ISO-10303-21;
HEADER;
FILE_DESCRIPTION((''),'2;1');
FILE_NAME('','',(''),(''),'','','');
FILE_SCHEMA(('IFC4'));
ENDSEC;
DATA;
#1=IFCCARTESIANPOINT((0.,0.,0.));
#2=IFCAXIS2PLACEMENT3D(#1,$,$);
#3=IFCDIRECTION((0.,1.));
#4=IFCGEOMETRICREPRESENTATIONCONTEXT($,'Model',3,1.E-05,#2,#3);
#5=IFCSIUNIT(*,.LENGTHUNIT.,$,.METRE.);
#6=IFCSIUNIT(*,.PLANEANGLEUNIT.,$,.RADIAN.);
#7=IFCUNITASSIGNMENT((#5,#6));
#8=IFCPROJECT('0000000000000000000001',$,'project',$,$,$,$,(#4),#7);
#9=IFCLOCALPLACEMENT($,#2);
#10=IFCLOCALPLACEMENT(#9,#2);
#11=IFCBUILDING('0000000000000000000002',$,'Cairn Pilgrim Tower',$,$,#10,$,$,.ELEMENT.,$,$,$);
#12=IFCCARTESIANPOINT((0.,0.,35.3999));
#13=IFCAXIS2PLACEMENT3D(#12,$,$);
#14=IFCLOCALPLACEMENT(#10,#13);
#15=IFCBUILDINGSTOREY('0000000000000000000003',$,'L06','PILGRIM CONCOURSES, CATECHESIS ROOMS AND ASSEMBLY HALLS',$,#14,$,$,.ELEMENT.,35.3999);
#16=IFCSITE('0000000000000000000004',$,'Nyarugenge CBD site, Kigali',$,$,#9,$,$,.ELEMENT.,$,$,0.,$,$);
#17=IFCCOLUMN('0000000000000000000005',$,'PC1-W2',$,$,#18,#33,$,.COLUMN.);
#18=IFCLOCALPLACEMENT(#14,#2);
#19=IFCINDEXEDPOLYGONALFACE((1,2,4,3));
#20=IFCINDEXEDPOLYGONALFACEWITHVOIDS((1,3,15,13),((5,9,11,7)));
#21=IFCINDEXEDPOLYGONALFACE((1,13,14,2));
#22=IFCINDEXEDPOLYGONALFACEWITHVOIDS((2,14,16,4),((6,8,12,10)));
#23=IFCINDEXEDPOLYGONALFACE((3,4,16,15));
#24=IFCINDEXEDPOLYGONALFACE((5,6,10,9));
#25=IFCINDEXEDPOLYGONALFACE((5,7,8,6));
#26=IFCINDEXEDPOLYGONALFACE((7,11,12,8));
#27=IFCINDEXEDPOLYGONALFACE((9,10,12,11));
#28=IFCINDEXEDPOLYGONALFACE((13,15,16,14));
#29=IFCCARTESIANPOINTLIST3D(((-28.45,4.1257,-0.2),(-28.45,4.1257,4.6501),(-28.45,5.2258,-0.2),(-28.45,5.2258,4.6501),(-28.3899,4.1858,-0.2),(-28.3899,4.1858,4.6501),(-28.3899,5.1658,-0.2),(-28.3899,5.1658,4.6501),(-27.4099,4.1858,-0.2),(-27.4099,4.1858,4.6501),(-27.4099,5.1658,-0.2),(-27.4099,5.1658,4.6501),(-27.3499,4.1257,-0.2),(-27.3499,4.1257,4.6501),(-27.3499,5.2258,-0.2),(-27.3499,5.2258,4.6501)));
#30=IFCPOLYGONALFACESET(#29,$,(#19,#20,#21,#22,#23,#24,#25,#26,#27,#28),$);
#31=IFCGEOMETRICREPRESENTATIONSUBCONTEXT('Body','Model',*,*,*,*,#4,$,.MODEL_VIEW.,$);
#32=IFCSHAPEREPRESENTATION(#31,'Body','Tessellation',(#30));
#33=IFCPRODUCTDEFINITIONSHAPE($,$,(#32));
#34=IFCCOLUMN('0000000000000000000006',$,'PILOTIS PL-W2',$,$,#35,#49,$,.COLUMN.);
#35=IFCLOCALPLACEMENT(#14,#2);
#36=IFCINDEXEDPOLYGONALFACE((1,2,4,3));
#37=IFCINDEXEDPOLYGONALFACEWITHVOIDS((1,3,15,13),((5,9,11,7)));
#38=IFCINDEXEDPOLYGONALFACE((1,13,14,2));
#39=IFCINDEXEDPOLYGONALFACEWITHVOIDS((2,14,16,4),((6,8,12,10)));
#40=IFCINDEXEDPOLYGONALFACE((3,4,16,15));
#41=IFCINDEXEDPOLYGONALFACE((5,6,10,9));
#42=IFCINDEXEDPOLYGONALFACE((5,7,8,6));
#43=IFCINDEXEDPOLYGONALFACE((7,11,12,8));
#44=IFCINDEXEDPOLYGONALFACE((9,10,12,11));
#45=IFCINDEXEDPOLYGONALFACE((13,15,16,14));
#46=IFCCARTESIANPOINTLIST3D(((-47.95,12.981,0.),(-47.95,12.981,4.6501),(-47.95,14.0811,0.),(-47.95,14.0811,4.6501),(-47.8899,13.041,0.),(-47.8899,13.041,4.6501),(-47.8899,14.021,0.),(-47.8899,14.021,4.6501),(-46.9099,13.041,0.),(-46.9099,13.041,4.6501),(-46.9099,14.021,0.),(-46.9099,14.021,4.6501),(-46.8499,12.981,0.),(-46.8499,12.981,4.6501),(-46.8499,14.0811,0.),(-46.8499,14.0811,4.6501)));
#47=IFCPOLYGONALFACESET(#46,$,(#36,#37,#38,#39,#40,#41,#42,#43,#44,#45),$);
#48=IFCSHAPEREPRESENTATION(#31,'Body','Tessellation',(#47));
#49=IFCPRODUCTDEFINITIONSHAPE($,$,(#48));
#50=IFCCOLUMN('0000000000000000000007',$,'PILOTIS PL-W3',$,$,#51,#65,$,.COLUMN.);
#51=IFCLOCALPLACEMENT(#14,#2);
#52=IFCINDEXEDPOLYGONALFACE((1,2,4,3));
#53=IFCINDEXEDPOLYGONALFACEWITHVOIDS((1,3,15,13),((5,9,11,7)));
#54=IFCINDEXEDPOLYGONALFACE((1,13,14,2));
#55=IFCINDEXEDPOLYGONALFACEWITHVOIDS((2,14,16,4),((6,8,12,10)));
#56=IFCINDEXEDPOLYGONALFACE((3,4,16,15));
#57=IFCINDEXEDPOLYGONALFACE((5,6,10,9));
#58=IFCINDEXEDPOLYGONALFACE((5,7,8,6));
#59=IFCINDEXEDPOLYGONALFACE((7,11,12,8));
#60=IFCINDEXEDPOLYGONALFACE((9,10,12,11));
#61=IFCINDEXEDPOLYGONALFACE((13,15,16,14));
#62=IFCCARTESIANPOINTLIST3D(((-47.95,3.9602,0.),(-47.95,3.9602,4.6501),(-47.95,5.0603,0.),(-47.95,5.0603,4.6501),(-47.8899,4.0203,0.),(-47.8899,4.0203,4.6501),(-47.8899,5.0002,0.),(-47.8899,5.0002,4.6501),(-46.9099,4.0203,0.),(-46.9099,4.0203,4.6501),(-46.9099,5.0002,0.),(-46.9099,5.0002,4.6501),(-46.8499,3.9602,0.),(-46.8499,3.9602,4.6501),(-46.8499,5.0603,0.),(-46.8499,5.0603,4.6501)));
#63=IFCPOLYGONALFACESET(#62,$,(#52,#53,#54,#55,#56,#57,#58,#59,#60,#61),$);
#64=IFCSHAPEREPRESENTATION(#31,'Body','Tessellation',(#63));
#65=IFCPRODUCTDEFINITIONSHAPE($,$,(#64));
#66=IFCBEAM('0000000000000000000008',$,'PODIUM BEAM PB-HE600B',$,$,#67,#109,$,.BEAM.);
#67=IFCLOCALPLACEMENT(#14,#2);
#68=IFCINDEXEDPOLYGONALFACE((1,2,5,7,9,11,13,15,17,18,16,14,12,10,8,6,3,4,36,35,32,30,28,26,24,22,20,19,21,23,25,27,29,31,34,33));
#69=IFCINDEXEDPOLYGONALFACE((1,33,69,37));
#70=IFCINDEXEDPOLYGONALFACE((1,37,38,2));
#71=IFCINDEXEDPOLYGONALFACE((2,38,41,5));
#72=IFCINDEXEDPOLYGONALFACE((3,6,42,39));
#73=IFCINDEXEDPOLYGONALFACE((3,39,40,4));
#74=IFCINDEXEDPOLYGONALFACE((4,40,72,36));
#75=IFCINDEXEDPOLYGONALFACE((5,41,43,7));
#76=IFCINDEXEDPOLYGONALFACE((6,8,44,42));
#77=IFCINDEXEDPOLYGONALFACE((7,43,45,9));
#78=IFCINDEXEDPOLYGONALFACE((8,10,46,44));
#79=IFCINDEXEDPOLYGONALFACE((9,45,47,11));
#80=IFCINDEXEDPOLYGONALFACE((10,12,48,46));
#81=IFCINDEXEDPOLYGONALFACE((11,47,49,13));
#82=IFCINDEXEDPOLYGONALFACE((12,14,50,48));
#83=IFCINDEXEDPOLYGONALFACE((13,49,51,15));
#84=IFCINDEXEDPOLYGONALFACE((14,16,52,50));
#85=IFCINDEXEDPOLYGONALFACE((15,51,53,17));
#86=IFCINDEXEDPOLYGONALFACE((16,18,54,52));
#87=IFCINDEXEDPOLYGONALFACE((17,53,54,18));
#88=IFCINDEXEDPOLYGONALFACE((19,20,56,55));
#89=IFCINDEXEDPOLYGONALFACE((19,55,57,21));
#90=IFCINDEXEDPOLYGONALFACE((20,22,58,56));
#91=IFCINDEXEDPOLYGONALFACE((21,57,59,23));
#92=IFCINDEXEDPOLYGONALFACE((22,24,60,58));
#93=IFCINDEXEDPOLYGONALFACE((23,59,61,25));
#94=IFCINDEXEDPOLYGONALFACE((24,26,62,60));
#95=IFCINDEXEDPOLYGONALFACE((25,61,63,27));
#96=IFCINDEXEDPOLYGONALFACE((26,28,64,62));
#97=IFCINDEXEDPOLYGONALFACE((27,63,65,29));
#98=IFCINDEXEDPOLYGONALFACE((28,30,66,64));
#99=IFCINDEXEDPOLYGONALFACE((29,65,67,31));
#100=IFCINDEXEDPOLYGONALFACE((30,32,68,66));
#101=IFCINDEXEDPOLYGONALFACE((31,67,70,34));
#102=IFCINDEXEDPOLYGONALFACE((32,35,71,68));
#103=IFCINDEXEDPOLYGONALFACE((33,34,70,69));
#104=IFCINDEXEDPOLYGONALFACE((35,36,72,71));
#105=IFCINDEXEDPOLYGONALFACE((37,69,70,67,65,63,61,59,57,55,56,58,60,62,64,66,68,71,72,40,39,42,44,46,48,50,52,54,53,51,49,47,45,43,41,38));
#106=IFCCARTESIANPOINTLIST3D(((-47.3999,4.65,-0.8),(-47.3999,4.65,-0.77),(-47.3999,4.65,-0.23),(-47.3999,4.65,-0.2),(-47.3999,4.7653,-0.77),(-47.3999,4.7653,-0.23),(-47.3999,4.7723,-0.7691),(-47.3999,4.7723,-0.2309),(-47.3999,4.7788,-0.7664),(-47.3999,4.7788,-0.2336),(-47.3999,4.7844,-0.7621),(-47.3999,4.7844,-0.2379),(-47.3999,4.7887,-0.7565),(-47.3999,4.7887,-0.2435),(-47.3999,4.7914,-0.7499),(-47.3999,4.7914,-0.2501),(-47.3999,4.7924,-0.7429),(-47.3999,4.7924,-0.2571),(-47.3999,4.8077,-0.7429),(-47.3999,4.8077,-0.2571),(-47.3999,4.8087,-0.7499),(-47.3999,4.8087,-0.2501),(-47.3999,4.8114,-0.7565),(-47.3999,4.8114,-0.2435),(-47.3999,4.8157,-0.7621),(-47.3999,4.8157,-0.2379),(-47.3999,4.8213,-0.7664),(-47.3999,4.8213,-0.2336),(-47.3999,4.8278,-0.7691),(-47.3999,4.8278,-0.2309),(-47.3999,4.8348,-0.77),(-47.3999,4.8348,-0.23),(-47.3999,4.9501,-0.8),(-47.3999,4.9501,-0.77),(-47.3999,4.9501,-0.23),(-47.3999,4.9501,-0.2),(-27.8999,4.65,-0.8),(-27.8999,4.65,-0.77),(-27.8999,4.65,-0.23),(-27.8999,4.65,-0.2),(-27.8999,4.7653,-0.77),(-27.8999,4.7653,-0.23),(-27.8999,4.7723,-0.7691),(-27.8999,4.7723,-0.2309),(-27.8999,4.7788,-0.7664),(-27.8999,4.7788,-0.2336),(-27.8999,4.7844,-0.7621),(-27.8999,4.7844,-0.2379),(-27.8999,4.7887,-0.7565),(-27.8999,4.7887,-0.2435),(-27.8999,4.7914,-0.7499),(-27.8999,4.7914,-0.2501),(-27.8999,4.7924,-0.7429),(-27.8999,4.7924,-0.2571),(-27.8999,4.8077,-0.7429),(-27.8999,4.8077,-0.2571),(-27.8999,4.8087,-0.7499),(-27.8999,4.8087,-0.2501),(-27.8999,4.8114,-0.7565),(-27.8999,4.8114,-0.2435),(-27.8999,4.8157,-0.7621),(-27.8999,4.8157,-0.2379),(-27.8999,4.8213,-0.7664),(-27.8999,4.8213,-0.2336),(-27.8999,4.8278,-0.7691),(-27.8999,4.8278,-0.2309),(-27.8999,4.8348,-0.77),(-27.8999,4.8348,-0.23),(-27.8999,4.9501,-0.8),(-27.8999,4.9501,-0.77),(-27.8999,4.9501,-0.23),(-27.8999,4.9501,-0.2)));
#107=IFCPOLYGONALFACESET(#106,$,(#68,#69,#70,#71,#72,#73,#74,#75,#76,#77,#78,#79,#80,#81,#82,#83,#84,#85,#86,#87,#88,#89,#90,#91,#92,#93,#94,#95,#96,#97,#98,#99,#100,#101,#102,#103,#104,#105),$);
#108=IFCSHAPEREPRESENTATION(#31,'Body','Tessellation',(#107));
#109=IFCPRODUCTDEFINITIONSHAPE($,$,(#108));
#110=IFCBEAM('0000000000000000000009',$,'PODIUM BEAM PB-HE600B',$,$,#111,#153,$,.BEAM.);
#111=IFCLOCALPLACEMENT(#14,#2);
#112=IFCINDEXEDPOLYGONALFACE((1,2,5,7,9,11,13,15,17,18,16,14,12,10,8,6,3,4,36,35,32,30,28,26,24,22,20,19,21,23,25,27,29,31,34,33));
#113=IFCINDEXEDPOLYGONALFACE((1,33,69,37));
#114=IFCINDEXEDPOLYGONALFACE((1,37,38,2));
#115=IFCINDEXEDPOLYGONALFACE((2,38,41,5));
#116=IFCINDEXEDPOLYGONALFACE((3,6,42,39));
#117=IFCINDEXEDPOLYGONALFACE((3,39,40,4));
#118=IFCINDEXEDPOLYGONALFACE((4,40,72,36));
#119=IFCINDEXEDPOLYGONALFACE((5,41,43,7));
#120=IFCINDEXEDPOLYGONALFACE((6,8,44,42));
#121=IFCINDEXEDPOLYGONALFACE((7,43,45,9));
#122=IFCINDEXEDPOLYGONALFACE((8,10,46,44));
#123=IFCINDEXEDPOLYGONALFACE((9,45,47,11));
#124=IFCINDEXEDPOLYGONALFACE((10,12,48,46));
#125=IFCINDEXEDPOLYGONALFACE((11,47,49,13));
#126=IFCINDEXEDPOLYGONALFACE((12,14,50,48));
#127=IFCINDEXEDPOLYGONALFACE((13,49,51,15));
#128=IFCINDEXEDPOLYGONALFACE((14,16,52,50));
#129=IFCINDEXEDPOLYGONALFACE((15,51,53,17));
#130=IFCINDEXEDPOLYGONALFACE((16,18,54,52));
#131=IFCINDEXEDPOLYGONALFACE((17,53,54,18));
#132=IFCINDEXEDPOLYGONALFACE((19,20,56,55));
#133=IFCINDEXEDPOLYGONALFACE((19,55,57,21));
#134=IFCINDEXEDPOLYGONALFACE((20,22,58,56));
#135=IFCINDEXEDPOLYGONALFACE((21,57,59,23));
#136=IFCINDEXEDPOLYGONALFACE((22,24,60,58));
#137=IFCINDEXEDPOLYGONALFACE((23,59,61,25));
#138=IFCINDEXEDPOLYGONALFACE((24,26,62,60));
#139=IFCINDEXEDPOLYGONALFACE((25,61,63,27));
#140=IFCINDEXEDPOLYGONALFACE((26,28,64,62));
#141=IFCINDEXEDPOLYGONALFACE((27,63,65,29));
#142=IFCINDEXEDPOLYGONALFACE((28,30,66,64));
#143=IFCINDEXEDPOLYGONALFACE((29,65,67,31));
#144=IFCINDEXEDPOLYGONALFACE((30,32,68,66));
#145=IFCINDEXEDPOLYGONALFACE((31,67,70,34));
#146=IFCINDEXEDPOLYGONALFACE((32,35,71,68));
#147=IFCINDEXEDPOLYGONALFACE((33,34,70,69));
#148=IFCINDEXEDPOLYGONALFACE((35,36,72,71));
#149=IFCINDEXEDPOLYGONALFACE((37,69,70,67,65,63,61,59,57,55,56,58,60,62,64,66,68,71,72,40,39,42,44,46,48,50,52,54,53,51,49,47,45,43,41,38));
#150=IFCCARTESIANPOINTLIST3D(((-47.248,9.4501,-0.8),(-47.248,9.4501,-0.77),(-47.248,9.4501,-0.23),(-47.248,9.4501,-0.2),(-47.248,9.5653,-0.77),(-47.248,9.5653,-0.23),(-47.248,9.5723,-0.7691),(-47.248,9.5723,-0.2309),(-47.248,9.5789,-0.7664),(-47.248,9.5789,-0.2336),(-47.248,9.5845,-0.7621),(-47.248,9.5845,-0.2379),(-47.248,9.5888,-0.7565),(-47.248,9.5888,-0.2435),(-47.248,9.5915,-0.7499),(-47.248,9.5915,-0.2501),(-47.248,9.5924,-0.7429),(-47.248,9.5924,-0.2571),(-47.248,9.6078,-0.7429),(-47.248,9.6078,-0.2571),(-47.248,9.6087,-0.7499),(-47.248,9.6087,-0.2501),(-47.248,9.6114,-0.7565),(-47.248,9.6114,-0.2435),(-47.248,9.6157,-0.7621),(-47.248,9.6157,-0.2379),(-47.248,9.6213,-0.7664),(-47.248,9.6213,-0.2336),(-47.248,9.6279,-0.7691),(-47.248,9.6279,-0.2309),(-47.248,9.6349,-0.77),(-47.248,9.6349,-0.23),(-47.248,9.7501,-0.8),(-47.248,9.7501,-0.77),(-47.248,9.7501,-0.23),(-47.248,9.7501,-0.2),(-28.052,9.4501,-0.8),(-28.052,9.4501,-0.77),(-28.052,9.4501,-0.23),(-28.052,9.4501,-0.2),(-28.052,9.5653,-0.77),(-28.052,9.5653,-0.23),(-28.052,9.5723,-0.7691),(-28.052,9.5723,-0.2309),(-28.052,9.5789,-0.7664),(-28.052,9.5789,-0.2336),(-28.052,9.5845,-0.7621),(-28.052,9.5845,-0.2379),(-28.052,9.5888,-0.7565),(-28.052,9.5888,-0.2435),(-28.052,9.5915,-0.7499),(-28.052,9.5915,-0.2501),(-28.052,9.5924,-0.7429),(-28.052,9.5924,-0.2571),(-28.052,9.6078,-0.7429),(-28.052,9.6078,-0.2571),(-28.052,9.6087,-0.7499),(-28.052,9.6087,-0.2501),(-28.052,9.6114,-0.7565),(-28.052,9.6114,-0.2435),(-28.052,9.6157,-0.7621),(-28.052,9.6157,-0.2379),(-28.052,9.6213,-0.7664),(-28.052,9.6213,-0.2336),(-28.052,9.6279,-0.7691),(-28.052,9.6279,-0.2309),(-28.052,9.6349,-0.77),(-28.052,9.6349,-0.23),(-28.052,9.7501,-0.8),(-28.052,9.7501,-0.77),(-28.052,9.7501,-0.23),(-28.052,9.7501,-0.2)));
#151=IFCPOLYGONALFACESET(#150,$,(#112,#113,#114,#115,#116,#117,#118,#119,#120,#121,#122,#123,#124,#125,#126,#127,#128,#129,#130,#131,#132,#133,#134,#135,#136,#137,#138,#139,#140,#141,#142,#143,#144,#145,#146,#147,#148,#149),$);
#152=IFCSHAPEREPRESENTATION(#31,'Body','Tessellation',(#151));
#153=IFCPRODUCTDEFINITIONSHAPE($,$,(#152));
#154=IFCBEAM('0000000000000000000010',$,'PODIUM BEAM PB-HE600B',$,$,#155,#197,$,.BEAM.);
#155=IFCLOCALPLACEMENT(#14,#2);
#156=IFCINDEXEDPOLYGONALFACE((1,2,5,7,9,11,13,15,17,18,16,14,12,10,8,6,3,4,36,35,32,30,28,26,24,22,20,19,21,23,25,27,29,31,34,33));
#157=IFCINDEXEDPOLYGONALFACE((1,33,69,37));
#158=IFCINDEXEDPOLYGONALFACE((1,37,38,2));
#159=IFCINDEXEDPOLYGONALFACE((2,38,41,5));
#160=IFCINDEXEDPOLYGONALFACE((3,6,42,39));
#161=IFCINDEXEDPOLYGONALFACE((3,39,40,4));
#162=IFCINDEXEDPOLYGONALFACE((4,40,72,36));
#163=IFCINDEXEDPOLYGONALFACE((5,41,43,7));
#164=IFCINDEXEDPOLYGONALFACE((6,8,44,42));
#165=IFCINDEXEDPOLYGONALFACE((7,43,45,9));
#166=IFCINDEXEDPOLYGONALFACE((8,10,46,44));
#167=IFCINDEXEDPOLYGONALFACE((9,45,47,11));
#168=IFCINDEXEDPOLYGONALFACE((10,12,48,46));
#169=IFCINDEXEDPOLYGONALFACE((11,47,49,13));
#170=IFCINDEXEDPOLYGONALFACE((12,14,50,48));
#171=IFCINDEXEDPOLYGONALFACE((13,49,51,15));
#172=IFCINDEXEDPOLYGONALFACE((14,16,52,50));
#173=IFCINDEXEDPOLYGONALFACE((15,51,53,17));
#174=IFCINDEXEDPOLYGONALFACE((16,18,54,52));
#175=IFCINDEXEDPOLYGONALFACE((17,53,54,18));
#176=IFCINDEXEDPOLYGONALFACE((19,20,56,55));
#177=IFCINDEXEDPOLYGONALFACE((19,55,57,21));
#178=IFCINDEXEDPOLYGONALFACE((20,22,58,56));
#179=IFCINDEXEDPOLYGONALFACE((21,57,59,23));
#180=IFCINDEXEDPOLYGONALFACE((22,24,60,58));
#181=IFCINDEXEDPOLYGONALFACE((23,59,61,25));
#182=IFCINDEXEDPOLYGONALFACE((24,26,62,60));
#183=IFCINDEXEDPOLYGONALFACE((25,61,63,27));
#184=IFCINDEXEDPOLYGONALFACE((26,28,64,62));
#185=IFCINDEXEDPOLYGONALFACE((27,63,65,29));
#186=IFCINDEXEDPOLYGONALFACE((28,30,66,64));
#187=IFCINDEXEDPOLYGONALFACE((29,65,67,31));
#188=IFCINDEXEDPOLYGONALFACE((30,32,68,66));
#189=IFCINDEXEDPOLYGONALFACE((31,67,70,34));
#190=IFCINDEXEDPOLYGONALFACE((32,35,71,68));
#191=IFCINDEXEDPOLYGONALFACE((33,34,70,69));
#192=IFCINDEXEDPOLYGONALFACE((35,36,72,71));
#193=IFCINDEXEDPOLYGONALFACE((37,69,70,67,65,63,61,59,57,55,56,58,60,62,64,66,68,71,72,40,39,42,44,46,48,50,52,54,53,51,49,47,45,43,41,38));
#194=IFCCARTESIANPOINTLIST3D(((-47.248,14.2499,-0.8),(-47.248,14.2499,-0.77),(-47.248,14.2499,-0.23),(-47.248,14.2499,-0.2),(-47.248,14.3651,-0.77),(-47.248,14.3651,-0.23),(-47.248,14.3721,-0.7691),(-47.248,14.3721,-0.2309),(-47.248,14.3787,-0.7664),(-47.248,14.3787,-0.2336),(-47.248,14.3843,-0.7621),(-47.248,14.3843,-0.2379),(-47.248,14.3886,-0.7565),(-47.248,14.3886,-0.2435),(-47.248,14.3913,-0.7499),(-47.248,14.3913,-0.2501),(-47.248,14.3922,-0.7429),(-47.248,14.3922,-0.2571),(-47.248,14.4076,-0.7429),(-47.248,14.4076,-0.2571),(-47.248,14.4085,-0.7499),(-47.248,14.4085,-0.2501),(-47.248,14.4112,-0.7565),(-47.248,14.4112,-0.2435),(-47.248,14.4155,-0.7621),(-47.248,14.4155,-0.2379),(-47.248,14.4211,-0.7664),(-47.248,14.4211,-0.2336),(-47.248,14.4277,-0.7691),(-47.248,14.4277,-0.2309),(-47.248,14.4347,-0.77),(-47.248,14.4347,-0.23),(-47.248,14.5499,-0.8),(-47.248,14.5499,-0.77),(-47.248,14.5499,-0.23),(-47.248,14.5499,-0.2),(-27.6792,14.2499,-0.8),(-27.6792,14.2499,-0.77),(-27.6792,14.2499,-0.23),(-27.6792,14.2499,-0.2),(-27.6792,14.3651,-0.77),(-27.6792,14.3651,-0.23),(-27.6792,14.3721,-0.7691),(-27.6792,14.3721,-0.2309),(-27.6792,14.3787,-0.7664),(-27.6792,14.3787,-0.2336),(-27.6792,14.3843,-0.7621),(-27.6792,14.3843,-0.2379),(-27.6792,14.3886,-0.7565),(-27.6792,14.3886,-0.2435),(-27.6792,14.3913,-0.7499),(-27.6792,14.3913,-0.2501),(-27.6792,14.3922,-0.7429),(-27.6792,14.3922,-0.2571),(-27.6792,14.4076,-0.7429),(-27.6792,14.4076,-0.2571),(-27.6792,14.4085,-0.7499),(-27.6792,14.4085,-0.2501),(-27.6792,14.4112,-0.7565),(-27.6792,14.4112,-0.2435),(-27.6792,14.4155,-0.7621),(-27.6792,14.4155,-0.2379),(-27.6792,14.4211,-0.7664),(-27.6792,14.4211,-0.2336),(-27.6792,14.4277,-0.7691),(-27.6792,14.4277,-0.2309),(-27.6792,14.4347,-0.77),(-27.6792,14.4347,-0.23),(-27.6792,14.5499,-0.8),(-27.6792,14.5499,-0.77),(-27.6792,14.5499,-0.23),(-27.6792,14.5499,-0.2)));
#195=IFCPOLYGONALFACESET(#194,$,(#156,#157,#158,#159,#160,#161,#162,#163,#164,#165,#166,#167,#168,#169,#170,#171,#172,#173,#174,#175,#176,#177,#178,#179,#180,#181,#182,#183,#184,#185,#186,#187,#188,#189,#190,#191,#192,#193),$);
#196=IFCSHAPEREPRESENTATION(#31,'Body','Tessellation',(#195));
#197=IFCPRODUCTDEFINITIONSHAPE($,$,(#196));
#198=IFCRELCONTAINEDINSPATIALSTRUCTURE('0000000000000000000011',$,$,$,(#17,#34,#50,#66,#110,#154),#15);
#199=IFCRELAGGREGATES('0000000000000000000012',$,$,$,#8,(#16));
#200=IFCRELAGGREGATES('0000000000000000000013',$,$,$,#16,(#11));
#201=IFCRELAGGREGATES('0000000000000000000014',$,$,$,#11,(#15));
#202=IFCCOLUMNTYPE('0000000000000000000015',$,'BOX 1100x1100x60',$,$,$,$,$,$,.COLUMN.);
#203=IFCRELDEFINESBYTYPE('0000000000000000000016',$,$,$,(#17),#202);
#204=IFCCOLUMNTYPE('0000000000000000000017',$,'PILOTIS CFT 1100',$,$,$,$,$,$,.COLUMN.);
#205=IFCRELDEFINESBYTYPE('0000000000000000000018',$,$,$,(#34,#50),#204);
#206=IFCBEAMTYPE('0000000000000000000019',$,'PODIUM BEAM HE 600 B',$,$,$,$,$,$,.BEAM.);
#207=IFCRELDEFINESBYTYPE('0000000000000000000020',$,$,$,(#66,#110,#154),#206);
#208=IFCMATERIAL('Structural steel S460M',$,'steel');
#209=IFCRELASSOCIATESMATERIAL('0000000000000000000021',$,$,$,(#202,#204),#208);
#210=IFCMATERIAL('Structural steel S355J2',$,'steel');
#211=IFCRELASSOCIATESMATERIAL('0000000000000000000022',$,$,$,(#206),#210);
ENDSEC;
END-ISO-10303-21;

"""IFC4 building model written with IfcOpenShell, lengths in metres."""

from ifc_helpers import new_model, si_unit, direction, frame, origin, origin_2d, place, context, subcontext, project, spatial, hollow_rectangle, i_section, extrude, material, material_profile, profile_set, type_object, element, save


model = new_model("IFC4")

# Units and contexts
model_context = context("Model", 3, precision=1e-05, world=origin(), true_north=direction((0.0, 1.0)))
body_context = subcontext(model_context, "Body", "Model", "MODEL_VIEW")
ifc_project = project(units=[si_unit("LENGTHUNIT", "METRE"), si_unit("PLANEANGLEUNIT", "RADIAN")], contexts=[model_context])

# Site, building, storey
site_placement = place(None, origin())
site = spatial("IfcSite", under=ifc_project, at=site_placement, Name="Nyarugenge CBD site, Kigali", CompositionType="ELEMENT", RefElevation=0.0)
building_placement = place(site_placement, origin())
building = spatial("IfcBuilding", under=site, at=building_placement, Name="Cairn Pilgrim Tower", CompositionType="ELEMENT")
storey_placement = place(building_placement, frame((0.0, 0.0, 35.3999)))
storey = spatial("IfcBuildingStorey", under=building, at=storey_placement, Name="L06", Description="PILGRIM CONCOURSES, CATECHESIS ROOMS AND ASSEMBLY HALLS", CompositionType="ELEMENT", Elevation=35.3999)

# Columns
ifc_material_1 = material(Name="Structural steel S460M", Category="steel")
ifc_material_profile_1 = material_profile(ifc_material_1, hollow_rectangle(XDim=1.1001, YDim=1.1001, WallThickness=0.0601, at=origin_2d()), Name="BOX 1100x1100x60")
ifc_profile_set_1 = profile_set([ifc_material_profile_1], Name="Structural steel S460M")
column_type_1 = type_object("IfcColumnType", Name="BOX 1100x1100x60", PredefinedType="COLUMN", material=ifc_profile_set_1)
column_placement = place(storey_placement, frame((-27.8999, 4.6758, -0.2), z_axis=(0.0, 0.0, 1.0), x_axis=(1.0, 0.0, 0.0)))
element("IfcColumn", 1, at=column_placement, inside=storey, type_object=column_type_1, Name="PC1-W2", PredefinedType="COLUMN", context=body_context, shape_type="SweptSolid", body=[
    extrude(hollow_rectangle(XDim=1.1001, YDim=1.1001, WallThickness=0.0601, at=origin_2d()), origin(), (0.0, 0.0, 1.0), 4.8501),
])
ifc_material_profile_2 = material_profile(ifc_material_1, hollow_rectangle(XDim=1.1001, YDim=1.1001, WallThickness=0.0601, at=origin_2d()), Name="BOX 1100x1100x60")
ifc_profile_set_2 = profile_set([ifc_material_profile_2], Name="Structural steel S460M")
column_type_2 = type_object("IfcColumnType", Name="PILOTIS CFT 1100", PredefinedType="COLUMN", material=ifc_profile_set_2)
for number, where, z_axis, x_axis, name in (
    (2, (-47.3999, 13.531, 0.0), (0.0, 0.0, 1.0), (1.0, 0.0, 0.0), "PILOTIS PL-W2"),
    (3, (-47.3999, 4.5103, 0.0), (0.0, 0.0, 1.0), (1.0, 0.0, 0.0), "PILOTIS PL-W3"),
):
    element("IfcColumn", number, at=place(storey_placement, frame(where, z_axis=z_axis, x_axis=x_axis)), inside=storey, type_object=column_type_2, Name=name, PredefinedType="COLUMN", context=body_context, shape_type="SweptSolid", body=[
        extrude(hollow_rectangle(XDim=1.1001, YDim=1.1001, WallThickness=0.0601, at=origin_2d()), origin(), (0.0, 0.0, 1.0), 4.6501),
    ])

# Beams
ifc_material_2 = material(Name="Structural steel S355J2", Category="steel")
ifc_material_profile_3 = material_profile(ifc_material_2, i_section(OverallWidth=0.3, OverallDepth=0.6001, WebThickness=0.0154, FlangeThickness=0.03, FilletRadius=0.0271, at=origin_2d()), Name="HEB 600")
ifc_profile_set_3 = profile_set([ifc_material_profile_3], Name="Structural steel S355J2")
beam_type_1 = type_object("IfcBeamType", Name="PODIUM BEAM HE 600 B", PredefinedType="BEAM", material=ifc_profile_set_3)
beam_1_placement = place(storey_placement, frame((-47.3999, 4.8, -0.5), z_axis=(1.0, 0.0, 0.0), x_axis=(0.0, 1.0, 0.0)))
element("IfcBeam", 4, at=beam_1_placement, inside=storey, type_object=beam_type_1, Name="PODIUM BEAM PB-HE600B", PredefinedType="BEAM", context=body_context, shape_type="SweptSolid", body=[
    extrude(i_section(OverallWidth=0.3, OverallDepth=0.6001, WebThickness=0.0154, FlangeThickness=0.03, FilletRadius=0.0271, at=origin_2d()), origin(), (0.0, 0.0, 1.0), 19.5),
])
beam_2_placement = place(storey_placement, frame((-47.248, 9.6001, -0.5), z_axis=(1.0, 0.0, 0.0), x_axis=(0.0, 1.0, 0.0)))
element("IfcBeam", 5, at=beam_2_placement, inside=storey, type_object=beam_type_1, Name="PODIUM BEAM PB-HE600B", PredefinedType="BEAM", context=body_context, shape_type="SweptSolid", body=[
    extrude(i_section(OverallWidth=0.3, OverallDepth=0.6001, WebThickness=0.0154, FlangeThickness=0.03, FilletRadius=0.0271, at=origin_2d()), origin(), (0.0, 0.0, 1.0), 19.196),
])
beam_3_placement = place(storey_placement, frame((-47.248, 14.3999, -0.5), z_axis=(1.0, 0.0, 0.0), x_axis=(0.0, 1.0, 0.0)))
element("IfcBeam", 6, at=beam_3_placement, inside=storey, type_object=beam_type_1, Name="PODIUM BEAM PB-HE600B", PredefinedType="BEAM", context=body_context, shape_type="SweptSolid", body=[
    extrude(i_section(OverallWidth=0.3, OverallDepth=0.6001, WebThickness=0.0154, FlangeThickness=0.03, FilletRadius=0.0271, at=origin_2d()), origin(), (0.0, 0.0, 1.0), 19.5688),
])

save(model, "model.ifc")
